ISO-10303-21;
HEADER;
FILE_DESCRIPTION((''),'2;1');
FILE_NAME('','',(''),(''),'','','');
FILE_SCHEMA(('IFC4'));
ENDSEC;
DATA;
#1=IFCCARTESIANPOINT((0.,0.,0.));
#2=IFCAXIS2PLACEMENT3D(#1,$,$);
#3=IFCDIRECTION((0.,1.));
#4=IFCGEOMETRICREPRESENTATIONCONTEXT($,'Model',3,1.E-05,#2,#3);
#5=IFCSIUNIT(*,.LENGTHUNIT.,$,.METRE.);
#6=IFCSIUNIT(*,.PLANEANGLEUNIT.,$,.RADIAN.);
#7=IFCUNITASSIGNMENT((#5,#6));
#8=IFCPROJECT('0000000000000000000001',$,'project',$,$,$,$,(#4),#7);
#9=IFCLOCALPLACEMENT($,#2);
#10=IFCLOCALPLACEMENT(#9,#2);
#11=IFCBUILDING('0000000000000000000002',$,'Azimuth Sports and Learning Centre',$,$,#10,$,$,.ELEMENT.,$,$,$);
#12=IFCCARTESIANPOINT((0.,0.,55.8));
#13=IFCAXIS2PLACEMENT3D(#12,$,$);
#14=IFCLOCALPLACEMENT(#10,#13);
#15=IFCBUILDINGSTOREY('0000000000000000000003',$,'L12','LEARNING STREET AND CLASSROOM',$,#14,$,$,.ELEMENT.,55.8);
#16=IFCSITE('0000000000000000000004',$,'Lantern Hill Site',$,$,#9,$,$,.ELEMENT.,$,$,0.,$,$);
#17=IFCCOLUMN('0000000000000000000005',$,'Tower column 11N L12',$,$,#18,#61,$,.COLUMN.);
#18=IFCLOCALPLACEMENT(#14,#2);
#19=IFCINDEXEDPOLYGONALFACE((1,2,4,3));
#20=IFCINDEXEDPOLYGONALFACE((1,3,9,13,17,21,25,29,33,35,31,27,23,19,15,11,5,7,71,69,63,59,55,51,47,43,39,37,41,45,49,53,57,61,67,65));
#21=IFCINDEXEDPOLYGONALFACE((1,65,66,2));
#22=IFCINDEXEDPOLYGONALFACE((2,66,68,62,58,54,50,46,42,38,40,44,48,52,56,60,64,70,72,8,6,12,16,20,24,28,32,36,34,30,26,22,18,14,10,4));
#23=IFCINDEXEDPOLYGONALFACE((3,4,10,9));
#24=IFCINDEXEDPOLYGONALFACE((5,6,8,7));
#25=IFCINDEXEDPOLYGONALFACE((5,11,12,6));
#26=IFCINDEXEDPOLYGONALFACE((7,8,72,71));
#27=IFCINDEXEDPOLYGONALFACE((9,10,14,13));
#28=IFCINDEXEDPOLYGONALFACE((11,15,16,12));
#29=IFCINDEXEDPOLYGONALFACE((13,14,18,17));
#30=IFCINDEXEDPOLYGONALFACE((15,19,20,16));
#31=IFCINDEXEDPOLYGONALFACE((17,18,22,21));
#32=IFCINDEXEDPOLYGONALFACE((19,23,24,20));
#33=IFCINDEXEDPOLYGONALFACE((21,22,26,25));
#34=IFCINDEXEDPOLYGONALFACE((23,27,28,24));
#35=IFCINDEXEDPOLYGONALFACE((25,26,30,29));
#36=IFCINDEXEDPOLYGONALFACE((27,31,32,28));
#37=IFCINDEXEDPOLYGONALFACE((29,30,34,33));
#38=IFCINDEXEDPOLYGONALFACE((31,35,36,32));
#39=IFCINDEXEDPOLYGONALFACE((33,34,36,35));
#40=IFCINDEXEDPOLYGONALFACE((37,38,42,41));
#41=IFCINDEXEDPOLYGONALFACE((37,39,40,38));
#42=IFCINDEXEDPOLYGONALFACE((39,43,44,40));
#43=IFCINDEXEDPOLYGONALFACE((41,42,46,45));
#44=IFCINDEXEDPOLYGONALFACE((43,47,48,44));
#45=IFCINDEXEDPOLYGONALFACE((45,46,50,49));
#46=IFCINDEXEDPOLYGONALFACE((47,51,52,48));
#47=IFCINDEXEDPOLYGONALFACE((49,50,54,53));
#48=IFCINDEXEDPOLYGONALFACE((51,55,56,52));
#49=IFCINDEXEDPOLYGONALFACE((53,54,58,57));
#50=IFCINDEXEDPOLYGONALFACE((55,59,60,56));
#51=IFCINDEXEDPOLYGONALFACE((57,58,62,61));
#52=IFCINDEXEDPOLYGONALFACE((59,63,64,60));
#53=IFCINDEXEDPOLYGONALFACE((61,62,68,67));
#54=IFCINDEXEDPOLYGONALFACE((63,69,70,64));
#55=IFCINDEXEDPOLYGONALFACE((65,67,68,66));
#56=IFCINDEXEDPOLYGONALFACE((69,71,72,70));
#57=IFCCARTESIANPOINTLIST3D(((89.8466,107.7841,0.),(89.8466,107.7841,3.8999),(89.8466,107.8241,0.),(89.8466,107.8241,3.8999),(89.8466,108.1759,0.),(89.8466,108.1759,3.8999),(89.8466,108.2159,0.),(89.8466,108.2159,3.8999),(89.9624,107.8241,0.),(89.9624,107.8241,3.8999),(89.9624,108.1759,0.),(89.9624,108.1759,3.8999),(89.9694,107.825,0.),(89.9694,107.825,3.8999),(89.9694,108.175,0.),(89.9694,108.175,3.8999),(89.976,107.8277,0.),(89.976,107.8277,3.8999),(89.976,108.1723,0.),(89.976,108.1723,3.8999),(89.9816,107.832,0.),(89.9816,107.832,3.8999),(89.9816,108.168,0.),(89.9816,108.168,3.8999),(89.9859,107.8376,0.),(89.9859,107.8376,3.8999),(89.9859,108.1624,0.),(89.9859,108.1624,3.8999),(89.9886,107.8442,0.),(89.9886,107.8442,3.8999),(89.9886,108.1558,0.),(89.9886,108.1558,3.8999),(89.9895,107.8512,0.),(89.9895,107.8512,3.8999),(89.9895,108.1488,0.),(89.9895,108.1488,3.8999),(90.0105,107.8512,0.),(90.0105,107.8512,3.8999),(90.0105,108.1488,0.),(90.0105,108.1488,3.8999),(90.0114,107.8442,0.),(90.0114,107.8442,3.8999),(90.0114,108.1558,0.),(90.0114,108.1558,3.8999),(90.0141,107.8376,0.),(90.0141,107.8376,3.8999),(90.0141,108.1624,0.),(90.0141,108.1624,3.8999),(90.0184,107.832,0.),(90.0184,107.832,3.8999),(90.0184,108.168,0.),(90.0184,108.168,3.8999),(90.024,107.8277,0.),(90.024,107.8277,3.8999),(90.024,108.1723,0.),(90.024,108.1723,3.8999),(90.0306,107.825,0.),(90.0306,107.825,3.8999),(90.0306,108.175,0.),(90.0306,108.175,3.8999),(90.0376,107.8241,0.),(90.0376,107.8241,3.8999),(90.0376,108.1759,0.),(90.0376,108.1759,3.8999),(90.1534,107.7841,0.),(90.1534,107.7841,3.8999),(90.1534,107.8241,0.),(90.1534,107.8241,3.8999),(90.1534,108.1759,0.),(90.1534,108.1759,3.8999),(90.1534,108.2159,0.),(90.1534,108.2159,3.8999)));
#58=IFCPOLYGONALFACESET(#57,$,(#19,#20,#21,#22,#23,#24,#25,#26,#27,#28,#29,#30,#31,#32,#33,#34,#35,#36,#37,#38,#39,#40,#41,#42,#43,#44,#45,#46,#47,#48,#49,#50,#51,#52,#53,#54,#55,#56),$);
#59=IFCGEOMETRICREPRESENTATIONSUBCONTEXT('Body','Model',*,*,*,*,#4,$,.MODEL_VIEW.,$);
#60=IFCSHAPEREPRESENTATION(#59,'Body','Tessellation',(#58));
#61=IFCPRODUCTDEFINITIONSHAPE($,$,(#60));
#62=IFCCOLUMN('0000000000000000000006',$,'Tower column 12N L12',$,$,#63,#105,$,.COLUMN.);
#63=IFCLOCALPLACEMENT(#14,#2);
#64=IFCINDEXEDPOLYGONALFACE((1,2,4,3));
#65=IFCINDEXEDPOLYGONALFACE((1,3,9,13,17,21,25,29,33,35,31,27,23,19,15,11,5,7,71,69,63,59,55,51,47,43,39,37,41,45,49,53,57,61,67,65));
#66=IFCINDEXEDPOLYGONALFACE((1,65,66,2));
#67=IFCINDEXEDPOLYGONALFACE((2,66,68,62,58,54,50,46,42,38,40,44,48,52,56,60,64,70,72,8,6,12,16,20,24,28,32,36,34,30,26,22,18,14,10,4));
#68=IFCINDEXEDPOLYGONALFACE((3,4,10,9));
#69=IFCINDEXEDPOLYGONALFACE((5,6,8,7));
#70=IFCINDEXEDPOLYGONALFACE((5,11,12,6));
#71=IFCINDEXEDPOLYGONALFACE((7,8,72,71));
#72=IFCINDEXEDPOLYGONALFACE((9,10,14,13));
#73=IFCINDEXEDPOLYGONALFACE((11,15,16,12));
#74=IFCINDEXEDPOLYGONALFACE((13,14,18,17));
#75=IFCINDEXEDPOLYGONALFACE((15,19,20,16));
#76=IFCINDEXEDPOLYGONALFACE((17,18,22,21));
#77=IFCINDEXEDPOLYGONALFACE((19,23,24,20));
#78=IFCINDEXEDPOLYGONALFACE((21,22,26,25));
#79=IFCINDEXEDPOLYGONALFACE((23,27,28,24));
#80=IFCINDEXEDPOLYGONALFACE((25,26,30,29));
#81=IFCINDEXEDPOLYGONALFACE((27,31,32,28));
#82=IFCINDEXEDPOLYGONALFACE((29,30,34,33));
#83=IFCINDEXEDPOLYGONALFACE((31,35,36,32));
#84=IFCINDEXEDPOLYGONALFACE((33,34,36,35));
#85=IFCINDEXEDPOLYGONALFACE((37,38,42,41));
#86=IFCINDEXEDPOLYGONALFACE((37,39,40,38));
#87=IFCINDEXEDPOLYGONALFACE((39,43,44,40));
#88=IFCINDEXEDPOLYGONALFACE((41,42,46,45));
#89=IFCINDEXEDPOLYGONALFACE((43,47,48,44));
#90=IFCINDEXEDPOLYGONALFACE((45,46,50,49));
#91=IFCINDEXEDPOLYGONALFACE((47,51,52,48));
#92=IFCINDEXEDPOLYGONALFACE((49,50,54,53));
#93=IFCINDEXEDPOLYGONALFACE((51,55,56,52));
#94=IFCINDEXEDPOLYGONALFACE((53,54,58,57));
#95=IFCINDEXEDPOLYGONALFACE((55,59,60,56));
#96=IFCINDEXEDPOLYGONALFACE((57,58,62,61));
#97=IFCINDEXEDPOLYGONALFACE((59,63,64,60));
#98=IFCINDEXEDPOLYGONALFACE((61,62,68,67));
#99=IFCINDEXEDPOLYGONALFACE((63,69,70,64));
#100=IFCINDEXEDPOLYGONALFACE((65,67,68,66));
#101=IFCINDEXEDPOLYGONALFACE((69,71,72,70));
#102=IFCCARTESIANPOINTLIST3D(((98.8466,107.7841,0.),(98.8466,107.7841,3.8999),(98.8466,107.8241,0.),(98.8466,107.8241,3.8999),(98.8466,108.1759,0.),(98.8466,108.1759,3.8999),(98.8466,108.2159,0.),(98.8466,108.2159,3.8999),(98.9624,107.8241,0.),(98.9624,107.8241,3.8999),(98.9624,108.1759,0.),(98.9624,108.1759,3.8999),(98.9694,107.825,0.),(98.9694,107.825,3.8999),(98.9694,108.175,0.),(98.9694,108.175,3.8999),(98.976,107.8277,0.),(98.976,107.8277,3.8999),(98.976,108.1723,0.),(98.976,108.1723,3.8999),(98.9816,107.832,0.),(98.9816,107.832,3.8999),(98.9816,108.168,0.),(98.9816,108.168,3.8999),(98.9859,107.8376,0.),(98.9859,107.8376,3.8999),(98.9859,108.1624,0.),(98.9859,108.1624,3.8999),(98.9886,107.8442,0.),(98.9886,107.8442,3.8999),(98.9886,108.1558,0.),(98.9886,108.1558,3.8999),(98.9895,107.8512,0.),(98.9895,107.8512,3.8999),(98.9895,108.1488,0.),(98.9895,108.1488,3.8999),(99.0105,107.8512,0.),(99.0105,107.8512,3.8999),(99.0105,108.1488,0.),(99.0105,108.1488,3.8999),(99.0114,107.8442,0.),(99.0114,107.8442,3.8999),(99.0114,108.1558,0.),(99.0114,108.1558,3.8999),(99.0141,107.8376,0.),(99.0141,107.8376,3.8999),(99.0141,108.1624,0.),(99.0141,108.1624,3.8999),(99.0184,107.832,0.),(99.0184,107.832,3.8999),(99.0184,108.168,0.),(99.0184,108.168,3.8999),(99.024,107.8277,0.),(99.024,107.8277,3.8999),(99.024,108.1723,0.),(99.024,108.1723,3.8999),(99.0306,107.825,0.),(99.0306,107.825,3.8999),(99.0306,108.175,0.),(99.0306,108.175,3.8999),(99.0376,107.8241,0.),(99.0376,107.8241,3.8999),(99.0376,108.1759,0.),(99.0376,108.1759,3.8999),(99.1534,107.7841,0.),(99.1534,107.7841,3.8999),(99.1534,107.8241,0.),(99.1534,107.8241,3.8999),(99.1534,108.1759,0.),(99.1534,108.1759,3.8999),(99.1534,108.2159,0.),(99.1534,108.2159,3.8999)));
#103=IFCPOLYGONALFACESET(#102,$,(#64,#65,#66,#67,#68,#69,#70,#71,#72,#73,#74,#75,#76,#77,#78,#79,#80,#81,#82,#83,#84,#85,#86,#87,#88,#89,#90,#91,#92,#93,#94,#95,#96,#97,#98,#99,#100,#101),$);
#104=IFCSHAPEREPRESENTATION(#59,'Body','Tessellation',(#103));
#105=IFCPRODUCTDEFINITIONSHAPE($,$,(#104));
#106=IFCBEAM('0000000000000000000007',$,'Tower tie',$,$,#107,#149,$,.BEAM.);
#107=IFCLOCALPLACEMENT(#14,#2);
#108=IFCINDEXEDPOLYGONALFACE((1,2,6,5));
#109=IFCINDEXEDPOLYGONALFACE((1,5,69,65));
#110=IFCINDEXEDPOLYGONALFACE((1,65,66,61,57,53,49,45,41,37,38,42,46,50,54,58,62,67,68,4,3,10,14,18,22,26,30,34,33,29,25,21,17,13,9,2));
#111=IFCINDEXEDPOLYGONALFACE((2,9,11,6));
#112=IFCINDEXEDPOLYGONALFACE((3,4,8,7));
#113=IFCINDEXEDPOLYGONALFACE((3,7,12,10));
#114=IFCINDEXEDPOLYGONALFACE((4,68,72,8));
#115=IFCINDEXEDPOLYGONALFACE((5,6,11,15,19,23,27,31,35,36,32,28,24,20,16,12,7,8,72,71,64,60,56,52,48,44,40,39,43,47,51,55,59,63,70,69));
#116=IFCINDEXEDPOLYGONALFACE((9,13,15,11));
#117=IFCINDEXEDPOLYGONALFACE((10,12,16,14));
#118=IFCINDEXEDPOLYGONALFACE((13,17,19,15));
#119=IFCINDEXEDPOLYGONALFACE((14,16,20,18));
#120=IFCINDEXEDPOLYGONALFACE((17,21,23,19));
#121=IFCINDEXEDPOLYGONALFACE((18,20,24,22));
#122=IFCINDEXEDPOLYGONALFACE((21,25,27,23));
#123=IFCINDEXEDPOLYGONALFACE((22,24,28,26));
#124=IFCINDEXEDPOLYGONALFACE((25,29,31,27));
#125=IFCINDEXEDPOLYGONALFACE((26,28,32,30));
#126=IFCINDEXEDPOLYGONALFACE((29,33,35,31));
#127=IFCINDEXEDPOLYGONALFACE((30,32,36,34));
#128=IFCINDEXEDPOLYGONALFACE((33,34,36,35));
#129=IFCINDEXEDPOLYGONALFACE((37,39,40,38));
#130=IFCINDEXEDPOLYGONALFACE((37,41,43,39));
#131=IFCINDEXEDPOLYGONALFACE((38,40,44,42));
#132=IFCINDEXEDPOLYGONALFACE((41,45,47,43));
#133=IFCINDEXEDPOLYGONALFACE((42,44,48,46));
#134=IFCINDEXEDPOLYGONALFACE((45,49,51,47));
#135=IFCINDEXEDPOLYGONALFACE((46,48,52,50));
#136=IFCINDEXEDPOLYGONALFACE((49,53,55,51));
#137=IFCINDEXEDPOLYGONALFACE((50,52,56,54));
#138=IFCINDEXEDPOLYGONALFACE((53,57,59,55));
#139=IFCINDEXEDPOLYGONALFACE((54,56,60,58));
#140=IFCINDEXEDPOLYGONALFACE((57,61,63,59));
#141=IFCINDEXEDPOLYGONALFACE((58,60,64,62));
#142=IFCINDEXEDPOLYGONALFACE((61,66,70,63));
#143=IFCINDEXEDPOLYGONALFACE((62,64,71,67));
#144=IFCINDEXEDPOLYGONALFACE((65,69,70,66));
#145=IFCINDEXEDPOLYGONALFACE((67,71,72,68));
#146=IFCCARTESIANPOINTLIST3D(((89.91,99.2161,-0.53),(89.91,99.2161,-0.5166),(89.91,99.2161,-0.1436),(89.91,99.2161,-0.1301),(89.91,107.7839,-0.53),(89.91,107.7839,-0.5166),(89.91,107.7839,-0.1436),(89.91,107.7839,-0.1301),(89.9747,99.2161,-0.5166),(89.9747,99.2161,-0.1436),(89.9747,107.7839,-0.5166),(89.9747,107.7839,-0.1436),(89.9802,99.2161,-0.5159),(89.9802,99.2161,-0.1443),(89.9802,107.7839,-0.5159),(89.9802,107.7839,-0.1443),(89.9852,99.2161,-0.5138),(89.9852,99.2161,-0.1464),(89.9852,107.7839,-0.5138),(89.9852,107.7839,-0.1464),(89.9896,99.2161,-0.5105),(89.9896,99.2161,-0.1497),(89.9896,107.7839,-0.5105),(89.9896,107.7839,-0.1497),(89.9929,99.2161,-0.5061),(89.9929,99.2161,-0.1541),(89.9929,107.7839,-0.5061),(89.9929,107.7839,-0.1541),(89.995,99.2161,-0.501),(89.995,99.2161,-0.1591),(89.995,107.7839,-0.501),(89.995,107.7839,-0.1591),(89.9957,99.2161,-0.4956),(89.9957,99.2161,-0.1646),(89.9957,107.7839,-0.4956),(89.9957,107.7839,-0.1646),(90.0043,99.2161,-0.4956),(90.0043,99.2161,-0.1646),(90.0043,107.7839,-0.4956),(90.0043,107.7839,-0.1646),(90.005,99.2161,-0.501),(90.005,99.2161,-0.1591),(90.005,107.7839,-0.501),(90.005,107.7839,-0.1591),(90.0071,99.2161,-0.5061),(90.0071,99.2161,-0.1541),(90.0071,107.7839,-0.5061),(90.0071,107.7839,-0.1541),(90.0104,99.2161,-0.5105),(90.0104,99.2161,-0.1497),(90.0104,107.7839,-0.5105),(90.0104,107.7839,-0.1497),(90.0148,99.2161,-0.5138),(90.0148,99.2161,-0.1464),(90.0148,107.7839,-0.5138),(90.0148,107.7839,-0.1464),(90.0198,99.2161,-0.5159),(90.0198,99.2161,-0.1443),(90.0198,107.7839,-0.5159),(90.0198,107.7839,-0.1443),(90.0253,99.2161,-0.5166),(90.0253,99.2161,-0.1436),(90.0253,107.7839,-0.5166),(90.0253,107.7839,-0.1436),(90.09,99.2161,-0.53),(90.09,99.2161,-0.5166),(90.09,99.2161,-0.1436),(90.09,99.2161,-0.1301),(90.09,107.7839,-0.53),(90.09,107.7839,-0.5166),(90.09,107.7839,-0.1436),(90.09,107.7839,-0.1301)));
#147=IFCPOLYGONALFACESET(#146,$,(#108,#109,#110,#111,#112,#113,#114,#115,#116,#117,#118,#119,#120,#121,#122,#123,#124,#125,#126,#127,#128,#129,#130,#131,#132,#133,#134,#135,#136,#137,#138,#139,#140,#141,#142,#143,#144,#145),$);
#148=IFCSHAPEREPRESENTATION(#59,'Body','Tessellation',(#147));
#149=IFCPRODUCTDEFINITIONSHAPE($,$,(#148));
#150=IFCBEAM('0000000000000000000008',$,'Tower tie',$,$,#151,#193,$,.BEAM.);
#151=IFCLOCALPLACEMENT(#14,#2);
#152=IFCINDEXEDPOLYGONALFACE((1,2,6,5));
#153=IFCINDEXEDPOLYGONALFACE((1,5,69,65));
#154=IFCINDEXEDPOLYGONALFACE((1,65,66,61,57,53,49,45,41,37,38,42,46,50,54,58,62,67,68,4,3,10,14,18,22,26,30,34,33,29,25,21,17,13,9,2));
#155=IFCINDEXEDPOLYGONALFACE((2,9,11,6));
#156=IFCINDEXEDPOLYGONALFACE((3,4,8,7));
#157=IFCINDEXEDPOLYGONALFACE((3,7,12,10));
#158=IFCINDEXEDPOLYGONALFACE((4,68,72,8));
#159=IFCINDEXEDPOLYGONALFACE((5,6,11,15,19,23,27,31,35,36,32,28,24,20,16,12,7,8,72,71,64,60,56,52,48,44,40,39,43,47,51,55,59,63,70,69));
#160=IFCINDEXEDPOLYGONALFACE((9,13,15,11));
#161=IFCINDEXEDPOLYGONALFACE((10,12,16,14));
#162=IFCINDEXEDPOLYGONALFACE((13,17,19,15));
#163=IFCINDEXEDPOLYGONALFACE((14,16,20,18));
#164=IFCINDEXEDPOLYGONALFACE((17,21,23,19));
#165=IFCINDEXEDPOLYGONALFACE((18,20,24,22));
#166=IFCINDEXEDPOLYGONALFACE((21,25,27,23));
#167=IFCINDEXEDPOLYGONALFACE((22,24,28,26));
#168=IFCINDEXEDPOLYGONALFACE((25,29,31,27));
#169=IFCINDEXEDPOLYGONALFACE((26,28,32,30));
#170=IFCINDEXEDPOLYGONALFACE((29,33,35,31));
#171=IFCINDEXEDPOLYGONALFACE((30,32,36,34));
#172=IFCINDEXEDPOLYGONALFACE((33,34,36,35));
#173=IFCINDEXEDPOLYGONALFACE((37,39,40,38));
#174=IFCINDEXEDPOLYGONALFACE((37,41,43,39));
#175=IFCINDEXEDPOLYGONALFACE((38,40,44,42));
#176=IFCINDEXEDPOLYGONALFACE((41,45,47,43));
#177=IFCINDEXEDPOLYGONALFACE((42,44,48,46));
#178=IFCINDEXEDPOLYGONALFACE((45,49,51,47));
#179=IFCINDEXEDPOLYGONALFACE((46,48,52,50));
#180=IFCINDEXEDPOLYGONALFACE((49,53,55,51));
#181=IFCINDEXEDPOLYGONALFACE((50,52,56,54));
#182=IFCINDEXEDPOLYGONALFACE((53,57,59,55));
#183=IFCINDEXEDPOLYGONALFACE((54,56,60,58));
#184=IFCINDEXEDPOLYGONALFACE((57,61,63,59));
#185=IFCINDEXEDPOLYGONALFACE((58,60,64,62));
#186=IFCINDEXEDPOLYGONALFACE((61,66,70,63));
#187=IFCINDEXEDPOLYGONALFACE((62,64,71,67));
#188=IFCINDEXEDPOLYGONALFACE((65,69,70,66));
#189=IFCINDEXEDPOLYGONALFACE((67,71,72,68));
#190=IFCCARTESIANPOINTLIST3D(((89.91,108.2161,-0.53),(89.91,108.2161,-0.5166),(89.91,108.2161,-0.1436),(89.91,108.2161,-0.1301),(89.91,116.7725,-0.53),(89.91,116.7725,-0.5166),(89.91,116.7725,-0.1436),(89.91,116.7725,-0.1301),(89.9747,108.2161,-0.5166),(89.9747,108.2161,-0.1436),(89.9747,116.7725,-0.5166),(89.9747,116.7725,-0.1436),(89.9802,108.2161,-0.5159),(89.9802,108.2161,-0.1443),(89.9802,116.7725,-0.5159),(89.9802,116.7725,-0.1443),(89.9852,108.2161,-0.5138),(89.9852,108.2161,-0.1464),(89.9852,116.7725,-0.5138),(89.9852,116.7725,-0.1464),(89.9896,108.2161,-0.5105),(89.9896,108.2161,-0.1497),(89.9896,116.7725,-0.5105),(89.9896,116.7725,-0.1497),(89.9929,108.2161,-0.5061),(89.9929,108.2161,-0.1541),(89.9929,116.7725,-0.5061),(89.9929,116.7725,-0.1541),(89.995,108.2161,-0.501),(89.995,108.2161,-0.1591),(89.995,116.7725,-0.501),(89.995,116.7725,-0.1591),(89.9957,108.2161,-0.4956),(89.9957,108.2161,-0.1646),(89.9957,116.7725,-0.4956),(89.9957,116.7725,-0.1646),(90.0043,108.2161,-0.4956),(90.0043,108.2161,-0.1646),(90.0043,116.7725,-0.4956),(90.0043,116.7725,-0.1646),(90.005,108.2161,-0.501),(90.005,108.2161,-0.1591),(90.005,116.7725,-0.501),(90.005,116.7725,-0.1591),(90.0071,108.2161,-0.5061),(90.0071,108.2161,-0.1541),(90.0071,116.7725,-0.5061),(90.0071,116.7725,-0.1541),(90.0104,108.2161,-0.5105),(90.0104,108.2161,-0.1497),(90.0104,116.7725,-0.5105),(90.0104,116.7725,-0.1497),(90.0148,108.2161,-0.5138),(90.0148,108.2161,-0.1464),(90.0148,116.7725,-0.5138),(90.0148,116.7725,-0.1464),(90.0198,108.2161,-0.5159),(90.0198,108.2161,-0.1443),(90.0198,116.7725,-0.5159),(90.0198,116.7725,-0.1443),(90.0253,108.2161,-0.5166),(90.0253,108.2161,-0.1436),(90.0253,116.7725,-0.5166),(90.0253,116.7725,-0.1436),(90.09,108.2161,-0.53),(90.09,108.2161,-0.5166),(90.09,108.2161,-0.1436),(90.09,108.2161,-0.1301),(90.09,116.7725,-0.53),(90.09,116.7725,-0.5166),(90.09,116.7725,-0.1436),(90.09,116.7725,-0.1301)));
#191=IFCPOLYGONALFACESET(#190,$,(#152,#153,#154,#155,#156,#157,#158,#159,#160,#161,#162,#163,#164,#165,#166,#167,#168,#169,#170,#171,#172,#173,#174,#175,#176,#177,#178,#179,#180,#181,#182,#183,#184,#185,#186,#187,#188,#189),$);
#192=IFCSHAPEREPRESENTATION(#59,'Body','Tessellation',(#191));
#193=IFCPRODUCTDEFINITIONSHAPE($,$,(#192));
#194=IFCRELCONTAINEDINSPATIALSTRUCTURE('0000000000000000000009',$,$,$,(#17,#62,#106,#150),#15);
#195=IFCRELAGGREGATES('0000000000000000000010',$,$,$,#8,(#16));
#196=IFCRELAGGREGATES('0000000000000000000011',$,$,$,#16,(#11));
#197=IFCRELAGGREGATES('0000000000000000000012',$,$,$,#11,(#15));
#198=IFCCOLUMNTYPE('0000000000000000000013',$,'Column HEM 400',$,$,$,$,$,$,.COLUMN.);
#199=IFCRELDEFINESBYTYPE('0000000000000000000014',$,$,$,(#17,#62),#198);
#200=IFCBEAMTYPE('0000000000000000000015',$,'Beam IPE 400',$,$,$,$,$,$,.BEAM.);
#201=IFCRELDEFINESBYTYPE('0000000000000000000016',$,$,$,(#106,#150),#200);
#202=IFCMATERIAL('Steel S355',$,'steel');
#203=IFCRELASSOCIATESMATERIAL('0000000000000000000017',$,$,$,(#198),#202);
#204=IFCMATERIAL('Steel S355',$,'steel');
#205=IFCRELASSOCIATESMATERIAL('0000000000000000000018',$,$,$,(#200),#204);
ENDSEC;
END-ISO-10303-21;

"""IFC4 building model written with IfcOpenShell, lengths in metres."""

from ifc_helpers import new_model, si_unit, direction, frame, origin, origin_2d, place, context, subcontext, project, spatial, i_section, extrude, material, material_profile, profile_set, type_object, element, save


model = new_model("IFC4")

# Units and contexts
model_context = context("Model", 3, precision=1e-05, world=origin(), true_north=direction((0.0, 1.0)))
body_context = subcontext(model_context, "Body", "Model", "MODEL_VIEW")
ifc_project = project(units=[si_unit("LENGTHUNIT", "METRE"), si_unit("PLANEANGLEUNIT", "RADIAN")], contexts=[model_context])

# Site, building, storey
site_placement = place(None, origin())
site = spatial("IfcSite", under=ifc_project, at=site_placement, Name="Lantern Hill Site", CompositionType="ELEMENT", RefElevation=0.0)
building_placement = place(site_placement, origin())
building = spatial("IfcBuilding", under=site, at=building_placement, Name="Azimuth Sports and Learning Centre", CompositionType="ELEMENT")
storey_placement = place(building_placement, frame((0.0, 0.0, 55.8)))
storey = spatial("IfcBuildingStorey", under=building, at=storey_placement, Name="L12", Description="LEARNING STREET AND CLASSROOM", CompositionType="ELEMENT", Elevation=55.8)

# Columns
ifc_material_1 = material(Name="Steel S355", Category="steel")
ifc_material_profile_1 = material_profile(ifc_material_1, i_section(OverallWidth=0.3069, OverallDepth=0.4319, WebThickness=0.021, FlangeThickness=0.04, FilletRadius=0.0271, at=origin_2d()), Name="HEM 400")
ifc_profile_set_1 = profile_set([ifc_material_profile_1], Name="Steel S355")
column_type = type_object("IfcColumnType", Name="Column HEM 400", PredefinedType="COLUMN", material=ifc_profile_set_1)
for number, where, z_axis, x_axis, name in (
    (1, (90.0, 108.0, 0.0), (0.0, 0.0, 1.0), (1.0, 0.0, 0.0), "Tower column 11N L12"),
    (2, (99.0, 108.0, 0.0), (0.0, 0.0, 1.0), (1.0, 0.0, 0.0), "Tower column 12N L12"),
):
    element("IfcColumn", number, at=place(storey_placement, frame(where, z_axis=z_axis, x_axis=x_axis)), inside=storey, type_object=column_type, Name=name, PredefinedType="COLUMN", context=body_context, shape_type="SweptSolid", body=[
        extrude(i_section(OverallWidth=0.3069, OverallDepth=0.4319, WebThickness=0.021, FlangeThickness=0.04, FilletRadius=0.0271, at=origin_2d()), origin(), (0.0, 0.0, 1.0), 3.8999),
    ])

# Beams
ifc_material_2 = material(Name="Steel S355", Category="steel")
ifc_material_profile_2 = material_profile(ifc_material_2, i_section(OverallWidth=0.1799, OverallDepth=0.3999, WebThickness=0.0085, FlangeThickness=0.0134, FilletRadius=0.021, at=origin_2d()), Name="IPE 400")
ifc_profile_set_2 = profile_set([ifc_material_profile_2], Name="Steel S355")
beam_type_1 = type_object("IfcBeamType", Name="Beam IPE 400", PredefinedType="BEAM", material=ifc_profile_set_2)
beam_1_placement = place(storey_placement, frame((90.0, 99.2161, -0.3301), z_axis=(0.0, 1.0, 0.0), x_axis=(-1.0, 0.0, 0.0)))
element("IfcBeam", 3, at=beam_1_placement, inside=storey, type_object=beam_type_1, Name="Tower tie", PredefinedType="BEAM", context=body_context, shape_type="SweptSolid", body=[
    extrude(i_section(OverallWidth=0.1799, OverallDepth=0.3999, WebThickness=0.0085, FlangeThickness=0.0134, FilletRadius=0.021, at=origin_2d()), origin(), (0.0, 0.0, 1.0), 8.5679),
])
beam_2_placement = place(storey_placement, frame((90.0, 108.2161, -0.3301), z_axis=(0.0, 1.0, 0.0), x_axis=(-1.0, 0.0, 0.0)))
element("IfcBeam", 4, at=beam_2_placement, inside=storey, type_object=beam_type_1, Name="Tower tie", PredefinedType="BEAM", context=body_context, shape_type="SweptSolid", body=[
    extrude(i_section(OverallWidth=0.1799, OverallDepth=0.3999, WebThickness=0.0085, FlangeThickness=0.0134, FilletRadius=0.021, at=origin_2d()), origin(), (0.0, 0.0, 1.0), 8.5564),
])

save(model, "model.ifc")
